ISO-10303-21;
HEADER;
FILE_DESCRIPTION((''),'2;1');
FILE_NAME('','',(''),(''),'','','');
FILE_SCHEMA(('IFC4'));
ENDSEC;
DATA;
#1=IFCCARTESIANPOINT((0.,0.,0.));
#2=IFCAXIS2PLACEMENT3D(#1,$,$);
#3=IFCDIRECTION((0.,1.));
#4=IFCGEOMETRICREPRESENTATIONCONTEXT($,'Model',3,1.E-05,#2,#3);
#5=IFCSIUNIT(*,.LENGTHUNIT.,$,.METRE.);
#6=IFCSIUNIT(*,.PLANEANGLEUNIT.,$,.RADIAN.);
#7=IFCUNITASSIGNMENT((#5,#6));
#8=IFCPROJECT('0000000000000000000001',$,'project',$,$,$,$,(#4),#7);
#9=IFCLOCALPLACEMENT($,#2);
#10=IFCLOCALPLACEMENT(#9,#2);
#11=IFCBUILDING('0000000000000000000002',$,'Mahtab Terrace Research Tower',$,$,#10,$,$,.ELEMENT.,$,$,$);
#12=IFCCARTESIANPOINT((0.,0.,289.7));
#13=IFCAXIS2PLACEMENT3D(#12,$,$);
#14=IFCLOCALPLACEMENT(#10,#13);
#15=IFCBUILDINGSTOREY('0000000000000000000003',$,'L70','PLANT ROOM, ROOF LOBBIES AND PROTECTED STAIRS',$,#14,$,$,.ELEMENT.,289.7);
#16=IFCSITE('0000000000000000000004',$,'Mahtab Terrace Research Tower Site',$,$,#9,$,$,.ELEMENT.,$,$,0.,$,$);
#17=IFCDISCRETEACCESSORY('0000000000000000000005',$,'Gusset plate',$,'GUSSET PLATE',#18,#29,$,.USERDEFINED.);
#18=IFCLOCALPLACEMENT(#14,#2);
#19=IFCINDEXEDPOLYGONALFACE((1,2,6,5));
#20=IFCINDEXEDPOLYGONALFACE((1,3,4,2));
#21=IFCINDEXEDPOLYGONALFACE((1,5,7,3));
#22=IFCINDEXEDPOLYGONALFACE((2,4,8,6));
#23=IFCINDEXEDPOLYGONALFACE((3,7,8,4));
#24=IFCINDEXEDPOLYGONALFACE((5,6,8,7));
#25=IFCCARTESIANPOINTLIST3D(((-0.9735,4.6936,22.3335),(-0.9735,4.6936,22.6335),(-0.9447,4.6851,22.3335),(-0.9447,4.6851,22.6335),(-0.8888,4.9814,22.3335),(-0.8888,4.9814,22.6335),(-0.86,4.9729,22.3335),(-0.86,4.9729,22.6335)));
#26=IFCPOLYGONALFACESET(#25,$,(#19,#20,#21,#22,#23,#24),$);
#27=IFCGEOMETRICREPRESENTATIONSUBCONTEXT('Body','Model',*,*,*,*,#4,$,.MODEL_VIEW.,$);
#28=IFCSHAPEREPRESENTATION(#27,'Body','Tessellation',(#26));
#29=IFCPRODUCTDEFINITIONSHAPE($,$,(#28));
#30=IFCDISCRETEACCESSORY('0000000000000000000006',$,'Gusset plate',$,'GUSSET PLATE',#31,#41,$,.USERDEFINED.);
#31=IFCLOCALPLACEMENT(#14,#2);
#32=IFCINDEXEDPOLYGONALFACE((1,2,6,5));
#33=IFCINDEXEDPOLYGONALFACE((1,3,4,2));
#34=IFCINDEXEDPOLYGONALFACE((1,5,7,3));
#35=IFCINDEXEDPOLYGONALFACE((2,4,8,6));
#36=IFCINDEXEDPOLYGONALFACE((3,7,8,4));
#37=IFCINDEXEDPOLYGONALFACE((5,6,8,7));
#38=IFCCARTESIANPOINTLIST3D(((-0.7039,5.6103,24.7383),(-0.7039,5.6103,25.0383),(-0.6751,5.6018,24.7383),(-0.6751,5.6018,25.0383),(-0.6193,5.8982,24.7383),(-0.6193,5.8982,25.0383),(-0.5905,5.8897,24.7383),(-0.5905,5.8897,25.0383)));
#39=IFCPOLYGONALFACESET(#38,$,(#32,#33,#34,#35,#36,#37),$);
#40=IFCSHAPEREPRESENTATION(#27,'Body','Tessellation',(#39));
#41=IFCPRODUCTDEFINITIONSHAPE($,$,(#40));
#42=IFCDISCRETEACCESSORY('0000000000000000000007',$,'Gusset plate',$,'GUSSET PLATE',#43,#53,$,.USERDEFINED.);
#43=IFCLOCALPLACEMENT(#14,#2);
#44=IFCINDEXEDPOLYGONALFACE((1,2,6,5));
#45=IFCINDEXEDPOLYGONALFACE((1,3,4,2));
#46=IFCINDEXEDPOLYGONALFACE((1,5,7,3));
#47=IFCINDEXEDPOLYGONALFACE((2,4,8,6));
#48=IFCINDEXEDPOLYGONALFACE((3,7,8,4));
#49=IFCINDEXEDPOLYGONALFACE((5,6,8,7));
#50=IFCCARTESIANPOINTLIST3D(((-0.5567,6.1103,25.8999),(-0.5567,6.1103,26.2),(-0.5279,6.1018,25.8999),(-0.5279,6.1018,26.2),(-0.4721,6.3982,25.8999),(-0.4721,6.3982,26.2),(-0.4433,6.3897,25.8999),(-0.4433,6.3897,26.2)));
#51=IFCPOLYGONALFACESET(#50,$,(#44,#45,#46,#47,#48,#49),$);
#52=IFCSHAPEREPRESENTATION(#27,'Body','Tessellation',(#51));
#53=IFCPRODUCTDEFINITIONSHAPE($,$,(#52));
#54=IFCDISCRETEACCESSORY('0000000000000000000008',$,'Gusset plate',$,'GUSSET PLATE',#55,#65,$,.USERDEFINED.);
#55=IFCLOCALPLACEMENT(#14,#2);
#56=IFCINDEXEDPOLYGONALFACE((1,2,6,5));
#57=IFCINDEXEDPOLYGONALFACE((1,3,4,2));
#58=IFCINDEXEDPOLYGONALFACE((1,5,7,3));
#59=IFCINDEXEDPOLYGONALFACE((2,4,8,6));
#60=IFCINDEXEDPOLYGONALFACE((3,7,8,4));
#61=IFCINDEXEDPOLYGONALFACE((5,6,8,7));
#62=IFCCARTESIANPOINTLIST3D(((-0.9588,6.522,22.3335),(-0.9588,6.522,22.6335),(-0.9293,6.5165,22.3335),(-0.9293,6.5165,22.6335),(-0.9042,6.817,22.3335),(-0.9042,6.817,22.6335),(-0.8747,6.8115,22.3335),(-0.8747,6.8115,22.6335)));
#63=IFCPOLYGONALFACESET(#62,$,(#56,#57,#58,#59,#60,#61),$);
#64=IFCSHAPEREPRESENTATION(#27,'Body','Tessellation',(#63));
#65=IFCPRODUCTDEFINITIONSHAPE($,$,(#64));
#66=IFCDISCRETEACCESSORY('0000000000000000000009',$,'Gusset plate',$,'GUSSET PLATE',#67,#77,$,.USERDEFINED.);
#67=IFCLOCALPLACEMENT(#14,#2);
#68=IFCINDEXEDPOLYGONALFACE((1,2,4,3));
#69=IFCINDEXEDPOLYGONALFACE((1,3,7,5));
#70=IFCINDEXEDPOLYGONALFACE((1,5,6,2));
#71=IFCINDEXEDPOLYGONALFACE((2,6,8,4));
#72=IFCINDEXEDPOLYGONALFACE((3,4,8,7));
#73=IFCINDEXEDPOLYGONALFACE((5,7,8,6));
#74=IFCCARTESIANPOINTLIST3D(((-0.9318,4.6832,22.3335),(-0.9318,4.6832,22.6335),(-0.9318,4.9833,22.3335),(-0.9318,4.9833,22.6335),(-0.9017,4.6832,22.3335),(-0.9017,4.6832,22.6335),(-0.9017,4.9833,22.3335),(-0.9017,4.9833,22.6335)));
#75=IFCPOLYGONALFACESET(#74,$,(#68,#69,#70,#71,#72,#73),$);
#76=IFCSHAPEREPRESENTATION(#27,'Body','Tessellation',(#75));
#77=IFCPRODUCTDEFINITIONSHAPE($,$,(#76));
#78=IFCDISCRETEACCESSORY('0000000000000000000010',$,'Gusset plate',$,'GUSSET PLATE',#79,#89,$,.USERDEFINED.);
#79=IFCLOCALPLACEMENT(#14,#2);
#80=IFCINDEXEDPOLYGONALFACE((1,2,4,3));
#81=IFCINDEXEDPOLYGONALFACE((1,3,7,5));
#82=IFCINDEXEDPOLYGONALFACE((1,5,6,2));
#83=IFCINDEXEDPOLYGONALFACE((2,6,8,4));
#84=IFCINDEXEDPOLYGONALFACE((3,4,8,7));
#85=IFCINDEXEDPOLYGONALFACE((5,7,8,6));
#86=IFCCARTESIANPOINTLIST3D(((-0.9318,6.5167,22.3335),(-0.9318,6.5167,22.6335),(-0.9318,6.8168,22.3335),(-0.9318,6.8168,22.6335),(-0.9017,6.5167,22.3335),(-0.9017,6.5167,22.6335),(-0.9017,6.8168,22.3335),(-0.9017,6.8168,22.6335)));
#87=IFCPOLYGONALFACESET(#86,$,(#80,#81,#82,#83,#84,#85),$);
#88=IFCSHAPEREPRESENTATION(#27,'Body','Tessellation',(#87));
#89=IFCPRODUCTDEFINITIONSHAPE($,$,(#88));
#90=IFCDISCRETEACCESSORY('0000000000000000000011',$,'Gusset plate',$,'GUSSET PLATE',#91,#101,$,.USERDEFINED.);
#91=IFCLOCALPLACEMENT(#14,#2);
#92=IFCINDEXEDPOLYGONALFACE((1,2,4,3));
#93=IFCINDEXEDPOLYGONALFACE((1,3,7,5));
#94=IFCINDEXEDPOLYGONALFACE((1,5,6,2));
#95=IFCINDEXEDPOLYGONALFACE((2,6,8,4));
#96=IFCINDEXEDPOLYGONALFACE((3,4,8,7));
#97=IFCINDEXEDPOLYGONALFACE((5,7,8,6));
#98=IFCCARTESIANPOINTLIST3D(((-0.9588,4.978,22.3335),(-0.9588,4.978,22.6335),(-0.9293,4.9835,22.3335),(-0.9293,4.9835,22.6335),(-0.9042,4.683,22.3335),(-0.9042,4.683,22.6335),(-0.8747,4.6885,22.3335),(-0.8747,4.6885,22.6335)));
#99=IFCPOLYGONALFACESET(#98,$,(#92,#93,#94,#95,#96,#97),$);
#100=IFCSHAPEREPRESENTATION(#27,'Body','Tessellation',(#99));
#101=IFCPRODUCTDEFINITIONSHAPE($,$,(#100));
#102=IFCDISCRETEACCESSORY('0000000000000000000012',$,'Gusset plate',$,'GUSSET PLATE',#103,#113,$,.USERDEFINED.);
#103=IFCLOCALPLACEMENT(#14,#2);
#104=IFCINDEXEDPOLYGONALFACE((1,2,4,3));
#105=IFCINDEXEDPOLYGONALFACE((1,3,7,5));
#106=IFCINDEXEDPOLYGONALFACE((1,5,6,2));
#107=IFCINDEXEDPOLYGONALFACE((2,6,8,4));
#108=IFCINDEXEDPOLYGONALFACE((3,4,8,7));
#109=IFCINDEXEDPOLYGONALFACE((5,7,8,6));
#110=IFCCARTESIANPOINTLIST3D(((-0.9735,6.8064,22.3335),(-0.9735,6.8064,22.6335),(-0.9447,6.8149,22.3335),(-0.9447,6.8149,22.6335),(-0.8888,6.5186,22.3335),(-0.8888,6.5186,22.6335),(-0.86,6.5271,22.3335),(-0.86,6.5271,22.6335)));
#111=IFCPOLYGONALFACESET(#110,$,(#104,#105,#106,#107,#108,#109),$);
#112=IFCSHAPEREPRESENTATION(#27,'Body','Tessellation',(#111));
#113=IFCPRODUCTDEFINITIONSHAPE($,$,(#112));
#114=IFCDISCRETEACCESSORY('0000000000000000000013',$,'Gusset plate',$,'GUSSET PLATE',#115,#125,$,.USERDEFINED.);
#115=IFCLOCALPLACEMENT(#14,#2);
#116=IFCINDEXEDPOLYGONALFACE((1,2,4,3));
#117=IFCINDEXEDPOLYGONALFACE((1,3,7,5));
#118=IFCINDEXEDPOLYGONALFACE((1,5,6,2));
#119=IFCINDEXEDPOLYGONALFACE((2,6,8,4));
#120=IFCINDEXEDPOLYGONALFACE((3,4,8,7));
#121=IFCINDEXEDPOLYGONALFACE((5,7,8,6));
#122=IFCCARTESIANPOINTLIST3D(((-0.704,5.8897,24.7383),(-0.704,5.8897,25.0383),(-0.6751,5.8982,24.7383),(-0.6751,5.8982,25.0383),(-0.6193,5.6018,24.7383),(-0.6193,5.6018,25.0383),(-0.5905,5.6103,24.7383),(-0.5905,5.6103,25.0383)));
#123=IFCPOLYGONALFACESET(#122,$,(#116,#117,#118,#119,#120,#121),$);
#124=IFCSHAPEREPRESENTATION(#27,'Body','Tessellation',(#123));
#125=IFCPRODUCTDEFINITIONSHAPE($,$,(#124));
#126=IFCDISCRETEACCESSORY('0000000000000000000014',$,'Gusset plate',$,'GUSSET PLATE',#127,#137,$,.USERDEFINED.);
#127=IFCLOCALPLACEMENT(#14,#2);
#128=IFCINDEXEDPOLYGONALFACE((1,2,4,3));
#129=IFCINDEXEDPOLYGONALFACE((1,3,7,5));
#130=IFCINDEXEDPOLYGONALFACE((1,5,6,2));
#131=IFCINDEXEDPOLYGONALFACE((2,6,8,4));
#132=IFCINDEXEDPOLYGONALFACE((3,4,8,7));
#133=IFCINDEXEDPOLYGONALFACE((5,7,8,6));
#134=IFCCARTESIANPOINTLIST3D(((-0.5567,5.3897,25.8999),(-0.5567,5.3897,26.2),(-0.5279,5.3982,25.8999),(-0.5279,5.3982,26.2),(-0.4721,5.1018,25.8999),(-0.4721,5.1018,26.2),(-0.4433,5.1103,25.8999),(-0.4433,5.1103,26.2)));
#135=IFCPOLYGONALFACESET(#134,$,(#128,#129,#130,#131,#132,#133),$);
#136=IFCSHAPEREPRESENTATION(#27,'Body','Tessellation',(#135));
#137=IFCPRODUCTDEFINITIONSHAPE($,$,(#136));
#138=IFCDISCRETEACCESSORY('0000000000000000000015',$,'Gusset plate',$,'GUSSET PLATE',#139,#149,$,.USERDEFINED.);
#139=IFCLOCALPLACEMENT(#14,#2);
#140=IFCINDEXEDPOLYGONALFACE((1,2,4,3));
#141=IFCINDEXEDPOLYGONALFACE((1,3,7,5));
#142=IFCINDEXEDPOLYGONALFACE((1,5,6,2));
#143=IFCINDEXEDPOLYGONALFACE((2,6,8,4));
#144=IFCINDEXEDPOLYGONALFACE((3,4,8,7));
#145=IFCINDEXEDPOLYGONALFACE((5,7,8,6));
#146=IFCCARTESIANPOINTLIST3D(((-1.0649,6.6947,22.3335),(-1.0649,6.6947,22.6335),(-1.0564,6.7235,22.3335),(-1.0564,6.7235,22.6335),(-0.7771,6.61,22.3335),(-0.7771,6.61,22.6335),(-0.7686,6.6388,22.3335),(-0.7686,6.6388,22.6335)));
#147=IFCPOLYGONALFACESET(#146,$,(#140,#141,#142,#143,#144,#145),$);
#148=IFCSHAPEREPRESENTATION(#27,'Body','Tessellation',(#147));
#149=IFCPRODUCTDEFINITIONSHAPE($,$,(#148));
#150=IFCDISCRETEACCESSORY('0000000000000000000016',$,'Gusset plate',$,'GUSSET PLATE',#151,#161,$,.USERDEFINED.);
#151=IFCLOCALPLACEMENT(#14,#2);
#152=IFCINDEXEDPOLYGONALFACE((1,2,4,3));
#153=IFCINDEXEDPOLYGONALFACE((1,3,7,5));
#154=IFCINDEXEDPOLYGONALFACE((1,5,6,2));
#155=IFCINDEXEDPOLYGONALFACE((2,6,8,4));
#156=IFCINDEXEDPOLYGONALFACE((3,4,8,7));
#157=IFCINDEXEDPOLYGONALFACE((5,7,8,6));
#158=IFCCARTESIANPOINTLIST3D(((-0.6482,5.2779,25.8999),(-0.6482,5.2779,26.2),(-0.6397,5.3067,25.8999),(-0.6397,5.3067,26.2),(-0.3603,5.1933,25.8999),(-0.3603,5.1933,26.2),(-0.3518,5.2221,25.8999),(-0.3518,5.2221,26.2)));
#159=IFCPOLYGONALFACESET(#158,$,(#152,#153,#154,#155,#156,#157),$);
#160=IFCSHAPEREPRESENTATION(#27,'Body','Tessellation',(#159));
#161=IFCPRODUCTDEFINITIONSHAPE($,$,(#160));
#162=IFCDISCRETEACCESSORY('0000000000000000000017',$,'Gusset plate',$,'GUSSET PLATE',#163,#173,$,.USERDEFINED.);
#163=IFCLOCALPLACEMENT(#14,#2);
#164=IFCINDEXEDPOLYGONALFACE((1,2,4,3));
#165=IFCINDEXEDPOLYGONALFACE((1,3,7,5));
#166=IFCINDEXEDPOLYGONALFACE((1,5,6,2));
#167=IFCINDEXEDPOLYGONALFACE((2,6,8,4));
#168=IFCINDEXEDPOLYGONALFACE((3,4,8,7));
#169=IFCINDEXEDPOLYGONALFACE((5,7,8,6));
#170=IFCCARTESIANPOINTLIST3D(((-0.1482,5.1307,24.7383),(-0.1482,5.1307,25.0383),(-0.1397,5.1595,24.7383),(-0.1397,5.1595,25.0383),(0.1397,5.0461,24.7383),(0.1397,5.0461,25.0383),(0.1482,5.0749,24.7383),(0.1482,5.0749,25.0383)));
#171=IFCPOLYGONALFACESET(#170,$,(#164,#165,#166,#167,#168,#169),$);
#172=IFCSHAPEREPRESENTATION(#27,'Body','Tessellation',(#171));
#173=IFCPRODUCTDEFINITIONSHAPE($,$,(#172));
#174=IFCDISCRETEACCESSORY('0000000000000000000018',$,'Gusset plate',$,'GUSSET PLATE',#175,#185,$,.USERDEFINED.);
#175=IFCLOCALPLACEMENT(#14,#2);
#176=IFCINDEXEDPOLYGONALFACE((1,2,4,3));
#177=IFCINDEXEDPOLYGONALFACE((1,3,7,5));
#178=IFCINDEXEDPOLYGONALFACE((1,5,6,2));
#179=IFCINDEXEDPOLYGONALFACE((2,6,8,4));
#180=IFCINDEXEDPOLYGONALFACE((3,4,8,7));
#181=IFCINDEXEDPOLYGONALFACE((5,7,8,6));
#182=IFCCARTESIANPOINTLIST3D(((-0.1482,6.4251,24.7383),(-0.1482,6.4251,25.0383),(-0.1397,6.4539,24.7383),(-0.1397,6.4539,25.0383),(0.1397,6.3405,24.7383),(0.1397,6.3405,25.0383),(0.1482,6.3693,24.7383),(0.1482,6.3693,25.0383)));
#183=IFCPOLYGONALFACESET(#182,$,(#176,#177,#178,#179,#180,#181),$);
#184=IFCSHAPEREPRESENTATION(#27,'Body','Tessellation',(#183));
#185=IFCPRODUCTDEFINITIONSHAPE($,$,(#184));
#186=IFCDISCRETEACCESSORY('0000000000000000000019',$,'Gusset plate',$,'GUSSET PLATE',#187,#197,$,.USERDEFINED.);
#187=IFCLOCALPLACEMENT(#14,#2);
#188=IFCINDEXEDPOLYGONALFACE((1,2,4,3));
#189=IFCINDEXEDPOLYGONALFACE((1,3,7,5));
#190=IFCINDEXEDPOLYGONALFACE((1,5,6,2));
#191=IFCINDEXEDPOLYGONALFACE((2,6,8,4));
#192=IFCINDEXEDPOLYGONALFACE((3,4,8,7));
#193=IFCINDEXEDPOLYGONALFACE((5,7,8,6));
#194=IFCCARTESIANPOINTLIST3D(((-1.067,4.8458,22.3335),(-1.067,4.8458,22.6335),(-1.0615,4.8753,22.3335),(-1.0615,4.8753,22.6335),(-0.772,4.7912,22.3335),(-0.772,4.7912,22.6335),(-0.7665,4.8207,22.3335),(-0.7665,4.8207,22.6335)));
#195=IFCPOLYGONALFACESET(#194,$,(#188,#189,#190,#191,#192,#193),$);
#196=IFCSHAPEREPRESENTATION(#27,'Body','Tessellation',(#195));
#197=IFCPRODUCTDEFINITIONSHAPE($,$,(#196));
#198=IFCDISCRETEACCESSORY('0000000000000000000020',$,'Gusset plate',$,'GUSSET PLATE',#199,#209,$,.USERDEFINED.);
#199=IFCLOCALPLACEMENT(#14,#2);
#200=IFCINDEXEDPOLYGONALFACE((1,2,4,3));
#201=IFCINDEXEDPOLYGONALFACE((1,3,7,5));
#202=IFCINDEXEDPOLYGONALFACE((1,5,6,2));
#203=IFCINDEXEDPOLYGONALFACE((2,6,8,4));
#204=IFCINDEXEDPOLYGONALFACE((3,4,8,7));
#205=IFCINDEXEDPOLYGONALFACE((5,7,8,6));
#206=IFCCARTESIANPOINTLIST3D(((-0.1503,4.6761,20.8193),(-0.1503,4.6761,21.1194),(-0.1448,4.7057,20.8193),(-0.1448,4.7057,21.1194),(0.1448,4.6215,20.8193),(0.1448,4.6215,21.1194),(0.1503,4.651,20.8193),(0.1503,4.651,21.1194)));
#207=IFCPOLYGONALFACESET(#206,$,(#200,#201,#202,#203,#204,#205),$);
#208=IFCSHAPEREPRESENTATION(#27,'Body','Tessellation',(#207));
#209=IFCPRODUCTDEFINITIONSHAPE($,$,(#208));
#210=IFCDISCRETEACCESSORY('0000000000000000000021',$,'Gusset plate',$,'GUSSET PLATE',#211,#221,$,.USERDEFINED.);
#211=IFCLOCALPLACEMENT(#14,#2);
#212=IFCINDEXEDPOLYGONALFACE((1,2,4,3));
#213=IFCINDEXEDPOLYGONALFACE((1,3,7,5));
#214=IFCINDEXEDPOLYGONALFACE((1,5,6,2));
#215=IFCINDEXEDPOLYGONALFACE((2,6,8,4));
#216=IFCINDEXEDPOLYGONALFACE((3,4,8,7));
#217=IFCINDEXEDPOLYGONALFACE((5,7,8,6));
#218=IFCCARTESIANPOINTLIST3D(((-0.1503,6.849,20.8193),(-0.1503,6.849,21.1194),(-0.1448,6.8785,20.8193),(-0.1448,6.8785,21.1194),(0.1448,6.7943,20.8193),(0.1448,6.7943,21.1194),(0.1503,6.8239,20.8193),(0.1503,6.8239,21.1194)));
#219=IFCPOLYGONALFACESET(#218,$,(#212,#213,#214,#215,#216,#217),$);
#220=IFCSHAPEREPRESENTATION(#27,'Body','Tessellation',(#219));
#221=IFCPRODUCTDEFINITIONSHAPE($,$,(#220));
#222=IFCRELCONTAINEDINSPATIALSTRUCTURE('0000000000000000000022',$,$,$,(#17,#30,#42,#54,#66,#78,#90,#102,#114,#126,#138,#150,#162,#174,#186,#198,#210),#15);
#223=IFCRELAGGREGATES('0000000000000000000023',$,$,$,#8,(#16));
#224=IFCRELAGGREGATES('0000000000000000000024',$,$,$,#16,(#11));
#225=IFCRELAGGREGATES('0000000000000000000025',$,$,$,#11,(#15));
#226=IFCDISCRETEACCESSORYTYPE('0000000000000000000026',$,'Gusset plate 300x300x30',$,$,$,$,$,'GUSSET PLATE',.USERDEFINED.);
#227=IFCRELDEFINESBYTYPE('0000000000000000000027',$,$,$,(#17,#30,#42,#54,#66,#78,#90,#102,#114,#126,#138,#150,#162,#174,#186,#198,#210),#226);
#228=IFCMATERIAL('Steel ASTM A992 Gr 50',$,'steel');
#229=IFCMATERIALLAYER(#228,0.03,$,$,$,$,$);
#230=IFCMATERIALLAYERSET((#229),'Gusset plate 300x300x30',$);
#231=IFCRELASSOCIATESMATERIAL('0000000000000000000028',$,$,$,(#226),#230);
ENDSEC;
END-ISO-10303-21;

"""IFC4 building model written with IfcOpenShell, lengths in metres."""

from ifc_helpers import new_model, si_unit, direction, frame, origin, origin_2d, place, context, subcontext, project, spatial, rectangle, extrude, material, layer, layer_set, type_object, element, save


model = new_model("IFC4")

# Units and contexts
model_context = context("Model", 3, precision=1e-05, world=origin(), true_north=direction((0.0, 1.0)))
body_context = subcontext(model_context, "Body", "Model", "MODEL_VIEW")
ifc_project = project(units=[si_unit("LENGTHUNIT", "METRE"), si_unit("PLANEANGLEUNIT", "RADIAN")], contexts=[model_context])

# Site, building, storey
site_placement = place(None, origin())
site = spatial("IfcSite", under=ifc_project, at=site_placement, Name="Mahtab Terrace Research Tower Site", CompositionType="ELEMENT", RefElevation=0.0)
building_placement = place(site_placement, origin())
building = spatial("IfcBuilding", under=site, at=building_placement, Name="Mahtab Terrace Research Tower", CompositionType="ELEMENT")
storey_placement = place(building_placement, frame((0.0, 0.0, 289.7)))
storey = spatial("IfcBuildingStorey", under=building, at=storey_placement, Name="L70", Description="PLANT ROOM, ROOF LOBBIES AND PROTECTED STAIRS", CompositionType="ELEMENT", Elevation=289.7)

# Discrete accessories
ifc_material_1 = material(Name="Steel ASTM A992 Gr 50", Category="steel")
ifc_layer = layer(ifc_material_1, 0.03)
ifc_layer_set = layer_set([ifc_layer], Name="Gusset plate 300x300x30")
discrete_accessory_type = type_object("IfcDiscreteAccessoryType", Name="Gusset plate 300x300x30", ElementType="GUSSET PLATE", PredefinedType="USERDEFINED", material=ifc_layer_set)
for number, where, z_axis, x_axis, name in (
    (1, (-0.9167, 4.8333, 22.3335), (0.0, 0.0, 1.0), (0.282124, 0.959378, 0.0), "Gusset plate"),
    (2, (-0.6472, 5.75, 24.7383), (0.0, 0.0, 1.0), (0.282124, 0.959378, 0.0), "Gusset plate"),
    (3, (-0.5, 6.25, 25.8999), (0.0, 0.0, 1.0), (0.282241, 0.959344, 0.0), "Gusset plate"),
    (4, (-0.9167, 6.6667, 22.3335), (0.0, 0.0, 1.0), (0.182064, 0.983287, 0.0), "Gusset plate"),
    (5, (-0.9167, 4.8333, 22.3335), (0.0, 0.0, 1.0), (0.0, 1.0, 0.0), "Gusset plate"),
    (6, (-0.9167, 6.6667, 22.3335), (0.0, 0.0, 1.0), (0.0, 1.0, 0.0), "Gusset plate"),
    (7, (-0.9167, 4.8333, 22.3335), (0.0, 0.0, 1.0), (-0.182081, 0.983284, 0.0), "Gusset plate"),
    (8, (-0.9167, 6.6667, 22.3335), (0.0, 0.0, 1.0), (-0.282174, 0.959363, 0.0), "Gusset plate"),
    (9, (-0.6472, 5.75, 24.7383), (0.0, 0.0, 1.0), (-0.282174, 0.959363, 0.0), "Gusset plate"),
    (10, (-0.5, 5.25, 25.8999), (0.0, 0.0, 1.0), (-0.282174, 0.959363, 0.0), "Gusset plate"),
    (11, (-0.9167, 6.6667, 22.3335), (0.0, 0.0, 1.0), (-0.959378, 0.282124, 0.0), "Gusset plate"),
    (12, (-0.5, 5.25, 25.8999), (0.0, 0.0, 1.0), (-0.959344, 0.282241, 0.0), "Gusset plate"),
    (13, (0.0, 5.1028, 24.7383), (0.0, 0.0, 1.0), (-0.959378, 0.282124, 0.0), "Gusset plate"),
    (14, (0.0, 6.3972, 24.7383), (0.0, 0.0, 1.0), (-0.959378, 0.282124, 0.0), "Gusset plate"),
    (15, (-0.9167, 4.8333, 22.3335), (0.0, 0.0, 1.0), (-0.983287, 0.182064, 0.0), "Gusset plate"),
    (16, (0.0, 4.6636, 20.8193), (0.0, 0.0, 1.0), (-0.98328, 0.182098, 0.0), "Gusset plate"),
    (17, (0.0, 6.8364, 20.8193), (0.0, 0.0, 1.0), (-0.98328, 0.182098, 0.0), "Gusset plate"),
):
    element("IfcDiscreteAccessory", number, at=place(storey_placement, frame(where, z_axis=z_axis, x_axis=x_axis)), inside=storey, type_object=discrete_accessory_type, Name=name, ObjectType="GUSSET PLATE", PredefinedType="USERDEFINED", context=body_context, shape_type="SweptSolid", body=[
        extrude(rectangle(XDim=0.3, YDim=0.03, at=origin_2d()), origin(), (0.0, 0.0, 1.0), 0.3),
    ])

save(model, "model.ifc")
